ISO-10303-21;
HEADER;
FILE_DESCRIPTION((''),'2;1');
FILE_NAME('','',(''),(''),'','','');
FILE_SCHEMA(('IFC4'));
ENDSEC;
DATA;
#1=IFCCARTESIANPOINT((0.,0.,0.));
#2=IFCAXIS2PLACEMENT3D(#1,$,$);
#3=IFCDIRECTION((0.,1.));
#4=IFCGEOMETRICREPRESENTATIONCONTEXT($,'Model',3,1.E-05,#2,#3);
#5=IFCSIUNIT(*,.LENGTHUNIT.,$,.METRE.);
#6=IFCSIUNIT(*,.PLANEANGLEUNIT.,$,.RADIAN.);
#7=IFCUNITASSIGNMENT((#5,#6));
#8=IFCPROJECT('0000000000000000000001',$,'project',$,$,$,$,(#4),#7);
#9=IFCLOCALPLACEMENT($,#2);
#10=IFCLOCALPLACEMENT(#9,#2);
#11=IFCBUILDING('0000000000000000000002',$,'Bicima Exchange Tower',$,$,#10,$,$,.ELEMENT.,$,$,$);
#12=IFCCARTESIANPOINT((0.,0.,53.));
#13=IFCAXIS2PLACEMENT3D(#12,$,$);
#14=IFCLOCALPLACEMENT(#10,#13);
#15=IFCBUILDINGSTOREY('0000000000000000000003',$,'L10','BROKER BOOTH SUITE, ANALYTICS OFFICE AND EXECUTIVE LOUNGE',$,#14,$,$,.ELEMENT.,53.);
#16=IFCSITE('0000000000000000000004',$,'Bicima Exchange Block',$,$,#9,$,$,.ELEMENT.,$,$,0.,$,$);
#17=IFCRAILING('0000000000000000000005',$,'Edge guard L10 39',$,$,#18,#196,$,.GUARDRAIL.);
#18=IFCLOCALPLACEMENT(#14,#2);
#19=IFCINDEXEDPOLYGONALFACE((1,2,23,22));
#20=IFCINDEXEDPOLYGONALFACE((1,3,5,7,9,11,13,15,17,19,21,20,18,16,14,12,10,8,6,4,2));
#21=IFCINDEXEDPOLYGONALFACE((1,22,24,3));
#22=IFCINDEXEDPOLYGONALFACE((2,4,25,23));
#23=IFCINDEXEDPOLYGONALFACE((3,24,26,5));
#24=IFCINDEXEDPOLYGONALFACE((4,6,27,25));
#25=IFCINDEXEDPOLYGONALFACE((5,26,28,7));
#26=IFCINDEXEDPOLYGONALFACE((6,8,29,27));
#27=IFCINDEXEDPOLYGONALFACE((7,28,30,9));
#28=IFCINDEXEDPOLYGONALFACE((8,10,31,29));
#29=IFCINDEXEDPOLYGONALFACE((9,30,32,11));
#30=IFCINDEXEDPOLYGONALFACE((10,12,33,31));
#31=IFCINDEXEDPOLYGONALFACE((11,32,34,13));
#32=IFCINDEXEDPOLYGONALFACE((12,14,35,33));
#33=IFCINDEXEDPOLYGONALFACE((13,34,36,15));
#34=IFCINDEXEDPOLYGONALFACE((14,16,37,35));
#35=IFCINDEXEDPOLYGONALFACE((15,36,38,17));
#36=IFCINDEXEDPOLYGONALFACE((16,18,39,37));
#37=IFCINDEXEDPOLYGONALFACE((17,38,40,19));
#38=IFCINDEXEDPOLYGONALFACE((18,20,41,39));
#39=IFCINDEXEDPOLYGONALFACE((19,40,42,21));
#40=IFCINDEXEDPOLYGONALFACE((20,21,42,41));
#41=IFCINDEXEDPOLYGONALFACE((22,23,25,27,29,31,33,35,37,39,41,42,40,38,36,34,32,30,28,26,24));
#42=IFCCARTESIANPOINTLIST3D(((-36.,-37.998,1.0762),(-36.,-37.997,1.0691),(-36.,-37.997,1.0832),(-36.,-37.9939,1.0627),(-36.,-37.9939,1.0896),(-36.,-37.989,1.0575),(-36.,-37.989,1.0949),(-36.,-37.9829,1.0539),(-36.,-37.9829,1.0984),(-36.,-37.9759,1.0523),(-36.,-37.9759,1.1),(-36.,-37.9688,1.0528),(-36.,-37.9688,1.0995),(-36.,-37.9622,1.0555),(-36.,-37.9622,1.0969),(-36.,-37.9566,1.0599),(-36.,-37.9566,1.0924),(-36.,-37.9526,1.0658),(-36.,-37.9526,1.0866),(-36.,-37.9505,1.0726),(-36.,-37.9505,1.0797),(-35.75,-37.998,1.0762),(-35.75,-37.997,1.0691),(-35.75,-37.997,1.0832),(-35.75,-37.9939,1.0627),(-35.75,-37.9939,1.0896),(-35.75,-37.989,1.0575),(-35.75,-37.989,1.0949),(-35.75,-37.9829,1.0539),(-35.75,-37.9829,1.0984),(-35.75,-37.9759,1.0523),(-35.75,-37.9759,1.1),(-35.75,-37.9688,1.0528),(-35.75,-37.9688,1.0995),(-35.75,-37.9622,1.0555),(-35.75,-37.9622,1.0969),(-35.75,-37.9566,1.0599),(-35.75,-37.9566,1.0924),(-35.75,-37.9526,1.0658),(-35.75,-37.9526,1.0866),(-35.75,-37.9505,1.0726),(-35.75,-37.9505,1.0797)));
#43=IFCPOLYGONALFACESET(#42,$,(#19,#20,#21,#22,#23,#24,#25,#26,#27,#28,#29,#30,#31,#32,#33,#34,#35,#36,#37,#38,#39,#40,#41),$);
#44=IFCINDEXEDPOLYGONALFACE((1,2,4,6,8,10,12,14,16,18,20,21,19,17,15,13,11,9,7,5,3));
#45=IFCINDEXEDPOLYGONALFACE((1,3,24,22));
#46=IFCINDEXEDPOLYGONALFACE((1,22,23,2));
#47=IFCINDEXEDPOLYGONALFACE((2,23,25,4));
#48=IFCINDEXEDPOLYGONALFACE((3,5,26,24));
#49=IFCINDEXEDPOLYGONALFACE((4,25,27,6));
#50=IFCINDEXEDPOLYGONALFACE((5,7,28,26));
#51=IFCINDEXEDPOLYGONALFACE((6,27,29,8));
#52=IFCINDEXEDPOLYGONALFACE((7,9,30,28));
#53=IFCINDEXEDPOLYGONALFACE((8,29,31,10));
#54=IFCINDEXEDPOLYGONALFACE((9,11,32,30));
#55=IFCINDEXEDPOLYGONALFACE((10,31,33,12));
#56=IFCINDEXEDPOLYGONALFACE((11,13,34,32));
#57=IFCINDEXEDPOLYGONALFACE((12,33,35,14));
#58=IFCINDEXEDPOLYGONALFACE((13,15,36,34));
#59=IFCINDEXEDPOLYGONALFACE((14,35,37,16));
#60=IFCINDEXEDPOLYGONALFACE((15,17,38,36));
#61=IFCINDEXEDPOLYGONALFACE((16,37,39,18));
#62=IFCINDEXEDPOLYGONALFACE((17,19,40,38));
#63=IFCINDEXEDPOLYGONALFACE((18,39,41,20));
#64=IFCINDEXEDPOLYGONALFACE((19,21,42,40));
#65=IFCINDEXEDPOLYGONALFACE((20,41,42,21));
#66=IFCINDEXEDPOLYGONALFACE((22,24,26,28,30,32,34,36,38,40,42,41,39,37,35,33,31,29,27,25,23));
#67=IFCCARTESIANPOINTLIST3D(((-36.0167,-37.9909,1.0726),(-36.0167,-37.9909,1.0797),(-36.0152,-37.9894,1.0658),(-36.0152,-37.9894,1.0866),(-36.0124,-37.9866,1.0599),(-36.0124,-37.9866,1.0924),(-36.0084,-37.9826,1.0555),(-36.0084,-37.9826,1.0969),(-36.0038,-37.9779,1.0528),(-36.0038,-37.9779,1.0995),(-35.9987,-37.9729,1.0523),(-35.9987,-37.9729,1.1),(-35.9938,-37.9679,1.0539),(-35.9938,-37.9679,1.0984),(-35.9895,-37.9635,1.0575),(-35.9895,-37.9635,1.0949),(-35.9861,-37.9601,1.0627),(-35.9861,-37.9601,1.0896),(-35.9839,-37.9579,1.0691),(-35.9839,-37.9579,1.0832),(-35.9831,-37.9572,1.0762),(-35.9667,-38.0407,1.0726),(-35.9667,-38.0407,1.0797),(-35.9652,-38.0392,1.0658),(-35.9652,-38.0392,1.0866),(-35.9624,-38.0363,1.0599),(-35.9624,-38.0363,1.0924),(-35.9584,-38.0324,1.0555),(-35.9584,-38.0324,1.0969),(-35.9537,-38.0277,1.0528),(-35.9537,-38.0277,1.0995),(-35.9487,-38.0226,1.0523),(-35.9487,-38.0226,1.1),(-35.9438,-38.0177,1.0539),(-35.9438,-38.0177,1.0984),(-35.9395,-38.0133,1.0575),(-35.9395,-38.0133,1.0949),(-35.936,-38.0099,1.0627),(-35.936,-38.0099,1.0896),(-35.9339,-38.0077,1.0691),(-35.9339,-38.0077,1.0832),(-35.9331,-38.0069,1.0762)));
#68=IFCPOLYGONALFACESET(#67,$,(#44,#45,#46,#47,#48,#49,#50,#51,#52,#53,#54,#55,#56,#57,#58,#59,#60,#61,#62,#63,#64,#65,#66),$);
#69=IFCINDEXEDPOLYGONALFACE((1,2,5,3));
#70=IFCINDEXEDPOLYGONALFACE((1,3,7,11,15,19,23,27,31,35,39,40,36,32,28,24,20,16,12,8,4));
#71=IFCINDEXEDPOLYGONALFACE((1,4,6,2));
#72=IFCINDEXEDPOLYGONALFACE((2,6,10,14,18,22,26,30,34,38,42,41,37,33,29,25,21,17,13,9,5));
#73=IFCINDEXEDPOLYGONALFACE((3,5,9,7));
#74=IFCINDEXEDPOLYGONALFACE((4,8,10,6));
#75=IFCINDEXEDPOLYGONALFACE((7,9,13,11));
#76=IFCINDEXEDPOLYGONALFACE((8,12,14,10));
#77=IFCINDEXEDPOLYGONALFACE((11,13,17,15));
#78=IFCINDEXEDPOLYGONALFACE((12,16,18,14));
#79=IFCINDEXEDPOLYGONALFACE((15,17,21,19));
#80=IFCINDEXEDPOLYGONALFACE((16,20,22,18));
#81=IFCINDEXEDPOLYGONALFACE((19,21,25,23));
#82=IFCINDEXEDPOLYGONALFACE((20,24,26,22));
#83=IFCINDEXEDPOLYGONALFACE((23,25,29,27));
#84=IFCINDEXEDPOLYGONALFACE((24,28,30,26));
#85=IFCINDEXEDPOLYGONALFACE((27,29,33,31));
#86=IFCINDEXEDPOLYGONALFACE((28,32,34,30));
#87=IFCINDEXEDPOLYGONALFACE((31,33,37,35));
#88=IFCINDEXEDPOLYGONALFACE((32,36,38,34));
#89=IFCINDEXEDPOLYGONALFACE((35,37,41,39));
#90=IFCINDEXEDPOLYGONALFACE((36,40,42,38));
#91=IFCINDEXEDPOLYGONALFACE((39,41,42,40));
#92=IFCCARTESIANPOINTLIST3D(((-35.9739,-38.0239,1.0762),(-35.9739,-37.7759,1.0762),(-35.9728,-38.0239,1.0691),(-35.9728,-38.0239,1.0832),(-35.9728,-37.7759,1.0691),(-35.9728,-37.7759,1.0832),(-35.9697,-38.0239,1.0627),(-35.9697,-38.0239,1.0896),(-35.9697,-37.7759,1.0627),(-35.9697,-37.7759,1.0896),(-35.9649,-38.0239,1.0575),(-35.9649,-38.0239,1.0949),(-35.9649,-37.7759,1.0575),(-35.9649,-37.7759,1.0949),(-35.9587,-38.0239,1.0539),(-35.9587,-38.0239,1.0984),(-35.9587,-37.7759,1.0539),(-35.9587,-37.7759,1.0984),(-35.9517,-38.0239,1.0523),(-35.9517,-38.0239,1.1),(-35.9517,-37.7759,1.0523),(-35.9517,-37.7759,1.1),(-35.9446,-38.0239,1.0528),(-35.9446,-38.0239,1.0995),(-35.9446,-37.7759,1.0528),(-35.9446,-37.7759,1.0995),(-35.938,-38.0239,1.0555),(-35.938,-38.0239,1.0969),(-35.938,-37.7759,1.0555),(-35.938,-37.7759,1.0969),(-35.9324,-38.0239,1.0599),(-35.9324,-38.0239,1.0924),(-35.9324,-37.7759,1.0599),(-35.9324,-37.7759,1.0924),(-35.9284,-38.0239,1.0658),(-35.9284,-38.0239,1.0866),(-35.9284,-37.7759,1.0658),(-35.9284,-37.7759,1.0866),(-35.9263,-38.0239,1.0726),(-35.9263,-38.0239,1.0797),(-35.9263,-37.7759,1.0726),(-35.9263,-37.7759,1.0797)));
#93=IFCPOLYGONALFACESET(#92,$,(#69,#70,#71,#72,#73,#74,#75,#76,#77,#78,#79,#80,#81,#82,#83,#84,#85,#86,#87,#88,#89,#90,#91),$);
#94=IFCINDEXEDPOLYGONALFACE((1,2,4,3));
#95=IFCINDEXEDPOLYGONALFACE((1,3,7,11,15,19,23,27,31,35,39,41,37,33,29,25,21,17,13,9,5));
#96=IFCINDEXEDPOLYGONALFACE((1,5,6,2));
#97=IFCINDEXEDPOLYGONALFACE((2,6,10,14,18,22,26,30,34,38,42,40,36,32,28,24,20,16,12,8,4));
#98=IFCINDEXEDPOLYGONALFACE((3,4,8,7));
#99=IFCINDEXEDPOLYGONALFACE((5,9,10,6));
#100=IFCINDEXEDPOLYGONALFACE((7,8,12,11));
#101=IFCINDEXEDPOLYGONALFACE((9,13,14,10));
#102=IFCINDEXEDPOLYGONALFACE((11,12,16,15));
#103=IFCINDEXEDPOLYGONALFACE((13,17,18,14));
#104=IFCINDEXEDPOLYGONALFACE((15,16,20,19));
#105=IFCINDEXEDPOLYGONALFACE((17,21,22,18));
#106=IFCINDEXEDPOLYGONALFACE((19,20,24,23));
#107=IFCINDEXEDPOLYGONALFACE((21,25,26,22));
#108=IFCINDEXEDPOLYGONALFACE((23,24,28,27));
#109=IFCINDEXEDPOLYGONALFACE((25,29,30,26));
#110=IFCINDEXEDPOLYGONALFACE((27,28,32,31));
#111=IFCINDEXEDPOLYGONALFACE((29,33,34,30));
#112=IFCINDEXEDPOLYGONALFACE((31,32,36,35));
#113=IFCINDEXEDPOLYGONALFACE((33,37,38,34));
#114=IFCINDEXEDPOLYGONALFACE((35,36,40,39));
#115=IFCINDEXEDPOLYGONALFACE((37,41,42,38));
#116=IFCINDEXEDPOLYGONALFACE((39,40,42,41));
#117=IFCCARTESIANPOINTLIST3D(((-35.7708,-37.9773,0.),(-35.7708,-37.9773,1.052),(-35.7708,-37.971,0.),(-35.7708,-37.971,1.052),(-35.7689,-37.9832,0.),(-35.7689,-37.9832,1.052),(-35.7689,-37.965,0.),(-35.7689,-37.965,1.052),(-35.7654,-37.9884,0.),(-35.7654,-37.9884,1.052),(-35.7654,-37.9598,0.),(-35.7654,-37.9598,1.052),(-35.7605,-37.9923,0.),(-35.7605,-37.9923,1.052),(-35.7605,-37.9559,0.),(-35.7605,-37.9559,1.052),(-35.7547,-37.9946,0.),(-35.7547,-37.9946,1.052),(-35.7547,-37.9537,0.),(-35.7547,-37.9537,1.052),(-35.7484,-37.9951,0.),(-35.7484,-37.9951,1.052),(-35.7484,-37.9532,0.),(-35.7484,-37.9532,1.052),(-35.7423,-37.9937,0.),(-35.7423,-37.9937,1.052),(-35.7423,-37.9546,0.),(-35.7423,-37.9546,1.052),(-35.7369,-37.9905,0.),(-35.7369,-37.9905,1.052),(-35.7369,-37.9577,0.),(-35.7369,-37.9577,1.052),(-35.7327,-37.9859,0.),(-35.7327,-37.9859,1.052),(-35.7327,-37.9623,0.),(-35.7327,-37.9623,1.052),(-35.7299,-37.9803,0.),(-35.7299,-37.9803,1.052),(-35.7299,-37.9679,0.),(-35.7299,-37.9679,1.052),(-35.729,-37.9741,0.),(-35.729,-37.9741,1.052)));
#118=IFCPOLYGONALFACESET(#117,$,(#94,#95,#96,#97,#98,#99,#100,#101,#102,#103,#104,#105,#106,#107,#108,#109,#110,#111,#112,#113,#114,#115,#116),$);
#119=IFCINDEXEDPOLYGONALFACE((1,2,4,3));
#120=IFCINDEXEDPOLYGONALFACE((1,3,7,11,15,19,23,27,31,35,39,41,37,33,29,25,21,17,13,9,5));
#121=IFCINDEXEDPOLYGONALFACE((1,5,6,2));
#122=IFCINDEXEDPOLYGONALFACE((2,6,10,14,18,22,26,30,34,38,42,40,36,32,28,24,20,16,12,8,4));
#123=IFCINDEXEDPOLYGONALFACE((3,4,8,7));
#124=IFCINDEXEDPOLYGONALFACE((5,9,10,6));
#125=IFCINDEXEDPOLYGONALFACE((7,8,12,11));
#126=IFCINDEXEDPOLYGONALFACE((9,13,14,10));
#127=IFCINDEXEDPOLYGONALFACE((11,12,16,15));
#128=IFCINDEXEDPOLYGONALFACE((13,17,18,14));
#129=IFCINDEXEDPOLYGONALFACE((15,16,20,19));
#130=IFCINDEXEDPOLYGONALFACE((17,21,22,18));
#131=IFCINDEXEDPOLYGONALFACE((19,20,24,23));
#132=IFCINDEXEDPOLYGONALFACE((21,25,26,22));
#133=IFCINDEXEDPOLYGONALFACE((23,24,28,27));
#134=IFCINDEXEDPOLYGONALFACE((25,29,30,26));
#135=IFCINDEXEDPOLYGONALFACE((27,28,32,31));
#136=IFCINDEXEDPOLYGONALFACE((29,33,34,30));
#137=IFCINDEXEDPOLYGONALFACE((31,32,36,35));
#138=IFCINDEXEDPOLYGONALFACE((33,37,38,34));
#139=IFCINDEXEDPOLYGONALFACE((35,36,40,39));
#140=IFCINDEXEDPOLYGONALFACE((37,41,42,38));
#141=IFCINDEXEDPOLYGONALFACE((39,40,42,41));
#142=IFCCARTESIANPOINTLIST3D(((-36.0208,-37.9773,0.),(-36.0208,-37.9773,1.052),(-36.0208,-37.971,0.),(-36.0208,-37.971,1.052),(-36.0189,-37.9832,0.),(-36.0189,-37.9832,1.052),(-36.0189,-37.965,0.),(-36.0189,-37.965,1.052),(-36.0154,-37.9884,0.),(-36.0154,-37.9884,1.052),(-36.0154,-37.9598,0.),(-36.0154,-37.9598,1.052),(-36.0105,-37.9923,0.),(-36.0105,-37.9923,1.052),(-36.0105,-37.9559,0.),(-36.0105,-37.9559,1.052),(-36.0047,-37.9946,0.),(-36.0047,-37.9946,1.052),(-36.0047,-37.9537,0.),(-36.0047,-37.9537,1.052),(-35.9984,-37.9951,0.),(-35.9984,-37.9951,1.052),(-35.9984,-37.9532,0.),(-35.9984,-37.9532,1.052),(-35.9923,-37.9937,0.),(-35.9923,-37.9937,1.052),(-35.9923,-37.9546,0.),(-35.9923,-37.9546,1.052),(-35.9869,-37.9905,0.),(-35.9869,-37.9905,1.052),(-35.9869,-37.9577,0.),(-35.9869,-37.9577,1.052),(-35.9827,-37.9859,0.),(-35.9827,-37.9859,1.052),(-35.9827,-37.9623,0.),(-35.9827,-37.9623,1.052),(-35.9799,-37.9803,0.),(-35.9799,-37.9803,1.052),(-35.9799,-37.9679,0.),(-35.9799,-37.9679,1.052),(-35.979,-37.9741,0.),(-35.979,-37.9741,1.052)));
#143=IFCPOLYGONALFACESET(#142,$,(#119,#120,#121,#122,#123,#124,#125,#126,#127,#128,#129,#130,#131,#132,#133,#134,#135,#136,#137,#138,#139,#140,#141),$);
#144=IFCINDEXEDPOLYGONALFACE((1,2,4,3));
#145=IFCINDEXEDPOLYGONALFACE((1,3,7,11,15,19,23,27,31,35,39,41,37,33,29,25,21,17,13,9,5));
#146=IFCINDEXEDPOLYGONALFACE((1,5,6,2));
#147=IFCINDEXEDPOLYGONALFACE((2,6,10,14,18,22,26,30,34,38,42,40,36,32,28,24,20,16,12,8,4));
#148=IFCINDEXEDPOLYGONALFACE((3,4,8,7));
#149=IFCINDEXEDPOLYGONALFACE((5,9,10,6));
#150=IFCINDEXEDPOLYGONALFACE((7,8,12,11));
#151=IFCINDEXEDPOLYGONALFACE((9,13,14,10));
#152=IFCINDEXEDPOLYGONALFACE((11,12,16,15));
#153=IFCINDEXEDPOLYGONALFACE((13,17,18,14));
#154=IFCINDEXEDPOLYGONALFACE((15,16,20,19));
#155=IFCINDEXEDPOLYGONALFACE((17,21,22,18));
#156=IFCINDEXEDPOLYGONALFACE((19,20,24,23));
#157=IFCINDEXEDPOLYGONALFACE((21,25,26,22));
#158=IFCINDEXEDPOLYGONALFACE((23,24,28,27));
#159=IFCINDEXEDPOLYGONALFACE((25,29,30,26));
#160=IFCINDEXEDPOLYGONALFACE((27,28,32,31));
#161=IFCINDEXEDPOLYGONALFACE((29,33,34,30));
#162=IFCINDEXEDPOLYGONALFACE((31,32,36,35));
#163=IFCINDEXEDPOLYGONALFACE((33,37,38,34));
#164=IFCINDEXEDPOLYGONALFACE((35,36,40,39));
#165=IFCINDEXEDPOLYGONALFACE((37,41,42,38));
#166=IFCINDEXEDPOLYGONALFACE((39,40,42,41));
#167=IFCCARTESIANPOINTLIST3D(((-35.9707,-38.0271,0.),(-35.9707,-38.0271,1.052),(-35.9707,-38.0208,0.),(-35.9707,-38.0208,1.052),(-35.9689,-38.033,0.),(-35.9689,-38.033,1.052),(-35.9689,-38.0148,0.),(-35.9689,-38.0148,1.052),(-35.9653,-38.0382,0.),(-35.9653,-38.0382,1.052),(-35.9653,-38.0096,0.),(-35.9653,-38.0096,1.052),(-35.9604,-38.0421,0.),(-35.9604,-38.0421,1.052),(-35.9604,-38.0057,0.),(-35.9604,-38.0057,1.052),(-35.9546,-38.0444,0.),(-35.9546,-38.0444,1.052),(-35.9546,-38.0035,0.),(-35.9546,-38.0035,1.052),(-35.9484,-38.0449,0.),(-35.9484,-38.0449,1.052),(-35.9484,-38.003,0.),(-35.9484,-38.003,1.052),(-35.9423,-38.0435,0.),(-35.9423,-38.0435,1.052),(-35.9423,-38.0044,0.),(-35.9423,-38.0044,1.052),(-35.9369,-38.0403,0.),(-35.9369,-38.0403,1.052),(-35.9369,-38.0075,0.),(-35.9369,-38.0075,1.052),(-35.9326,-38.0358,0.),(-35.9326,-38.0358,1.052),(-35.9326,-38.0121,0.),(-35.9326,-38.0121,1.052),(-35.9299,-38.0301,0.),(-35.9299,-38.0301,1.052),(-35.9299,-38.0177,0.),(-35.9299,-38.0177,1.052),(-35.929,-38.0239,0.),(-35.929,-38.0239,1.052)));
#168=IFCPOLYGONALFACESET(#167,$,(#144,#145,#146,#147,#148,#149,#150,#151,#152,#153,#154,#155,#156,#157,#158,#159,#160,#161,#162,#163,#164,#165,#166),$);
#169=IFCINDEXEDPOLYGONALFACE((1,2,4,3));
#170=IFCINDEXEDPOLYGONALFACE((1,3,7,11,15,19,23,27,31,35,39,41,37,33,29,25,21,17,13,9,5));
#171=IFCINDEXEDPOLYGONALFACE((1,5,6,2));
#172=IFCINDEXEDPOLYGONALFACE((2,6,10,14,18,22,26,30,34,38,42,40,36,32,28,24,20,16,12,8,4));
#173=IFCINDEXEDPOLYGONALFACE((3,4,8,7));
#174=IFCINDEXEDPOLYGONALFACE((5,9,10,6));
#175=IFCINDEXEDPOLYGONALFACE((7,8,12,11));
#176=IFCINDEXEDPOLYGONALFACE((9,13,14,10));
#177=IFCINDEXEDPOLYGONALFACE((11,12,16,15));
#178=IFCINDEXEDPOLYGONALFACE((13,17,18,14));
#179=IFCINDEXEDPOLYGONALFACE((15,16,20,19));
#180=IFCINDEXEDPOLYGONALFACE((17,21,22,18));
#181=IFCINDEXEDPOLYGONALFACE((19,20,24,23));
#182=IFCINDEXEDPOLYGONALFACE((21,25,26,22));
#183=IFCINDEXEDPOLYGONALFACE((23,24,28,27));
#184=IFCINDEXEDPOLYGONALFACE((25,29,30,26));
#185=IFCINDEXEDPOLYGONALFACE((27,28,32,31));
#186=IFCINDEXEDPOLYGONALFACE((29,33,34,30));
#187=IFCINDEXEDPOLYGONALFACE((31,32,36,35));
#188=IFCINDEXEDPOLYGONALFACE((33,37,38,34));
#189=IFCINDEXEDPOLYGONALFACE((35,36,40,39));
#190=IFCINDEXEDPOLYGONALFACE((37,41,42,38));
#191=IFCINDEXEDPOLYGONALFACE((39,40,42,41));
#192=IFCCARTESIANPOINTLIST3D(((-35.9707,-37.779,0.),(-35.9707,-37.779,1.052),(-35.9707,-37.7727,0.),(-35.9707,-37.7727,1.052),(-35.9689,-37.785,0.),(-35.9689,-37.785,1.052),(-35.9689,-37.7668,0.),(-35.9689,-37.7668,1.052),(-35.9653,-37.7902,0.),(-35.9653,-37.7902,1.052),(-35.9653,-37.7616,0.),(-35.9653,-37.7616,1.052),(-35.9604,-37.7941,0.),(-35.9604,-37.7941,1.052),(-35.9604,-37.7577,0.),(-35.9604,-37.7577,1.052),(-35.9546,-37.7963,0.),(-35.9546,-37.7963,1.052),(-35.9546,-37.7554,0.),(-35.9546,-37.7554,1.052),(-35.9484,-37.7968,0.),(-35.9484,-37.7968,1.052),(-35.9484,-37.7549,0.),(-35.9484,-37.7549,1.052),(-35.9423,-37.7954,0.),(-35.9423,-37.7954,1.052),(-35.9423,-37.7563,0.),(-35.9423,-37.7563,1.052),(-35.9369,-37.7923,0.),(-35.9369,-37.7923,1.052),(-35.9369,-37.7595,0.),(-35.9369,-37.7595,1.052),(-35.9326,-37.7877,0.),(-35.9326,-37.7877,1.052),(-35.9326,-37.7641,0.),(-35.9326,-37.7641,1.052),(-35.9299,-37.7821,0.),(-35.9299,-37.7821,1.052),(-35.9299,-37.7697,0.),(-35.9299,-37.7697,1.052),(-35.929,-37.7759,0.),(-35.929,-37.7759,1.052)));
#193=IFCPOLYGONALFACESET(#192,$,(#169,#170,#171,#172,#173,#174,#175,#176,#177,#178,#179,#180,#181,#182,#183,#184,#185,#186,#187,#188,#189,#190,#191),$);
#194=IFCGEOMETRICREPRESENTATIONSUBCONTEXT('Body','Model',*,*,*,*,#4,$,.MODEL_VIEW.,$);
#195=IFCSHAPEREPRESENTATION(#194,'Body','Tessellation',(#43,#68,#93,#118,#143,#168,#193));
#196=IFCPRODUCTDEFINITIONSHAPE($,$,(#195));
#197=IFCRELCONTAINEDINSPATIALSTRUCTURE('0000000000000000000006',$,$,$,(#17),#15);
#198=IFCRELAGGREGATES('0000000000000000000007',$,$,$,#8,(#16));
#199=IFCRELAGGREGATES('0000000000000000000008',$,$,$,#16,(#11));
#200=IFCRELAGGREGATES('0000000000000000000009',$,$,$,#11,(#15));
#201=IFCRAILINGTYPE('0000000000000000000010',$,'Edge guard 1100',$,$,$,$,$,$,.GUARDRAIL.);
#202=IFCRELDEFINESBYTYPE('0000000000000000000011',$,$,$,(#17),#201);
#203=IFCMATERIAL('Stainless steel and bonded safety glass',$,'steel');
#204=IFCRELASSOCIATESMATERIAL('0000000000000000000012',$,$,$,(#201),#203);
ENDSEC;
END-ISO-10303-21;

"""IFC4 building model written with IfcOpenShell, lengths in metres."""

from ifc_helpers import new_model, si_unit, direction, frame, origin, origin_2d, place, context, subcontext, project, spatial, circle, extrude, material, type_object, element, save


model = new_model("IFC4")

# Units and contexts
model_context = context("Model", 3, precision=1e-05, world=origin(), true_north=direction((0.0, 1.0)))
body_context = subcontext(model_context, "Body", "Model", "MODEL_VIEW")
ifc_project = project(units=[si_unit("LENGTHUNIT", "METRE"), si_unit("PLANEANGLEUNIT", "RADIAN")], contexts=[model_context])

# Site, building, storey
site_placement = place(None, origin())
site = spatial("IfcSite", under=ifc_project, at=site_placement, Name="Bicima Exchange Block", CompositionType="ELEMENT", RefElevation=0.0)
building_placement = place(site_placement, origin())
building = spatial("IfcBuilding", under=site, at=building_placement, Name="Bicima Exchange Tower", CompositionType="ELEMENT")
storey_placement = place(building_placement, frame((0.0, 0.0, 53.0)))
storey = spatial("IfcBuildingStorey", under=building, at=storey_placement, Name="L10", Description="BROKER BOOTH SUITE, ANALYTICS OFFICE AND EXECUTIVE LOUNGE", CompositionType="ELEMENT", Elevation=53.0)

# Railing
ifc_material_1 = material(Name="Stainless steel and bonded safety glass", Category="steel")
railing_type = type_object("IfcRailingType", Name="Edge guard 1100", PredefinedType="GUARDRAIL", material=ifc_material_1)
railing_1_placement = place(storey_placement, frame((-35.75, -37.9741, 0.0)))
element("IfcRailing", 1, at=railing_1_placement, inside=storey, type_object=railing_type, Name="Edge guard L10 39", PredefinedType="GUARDRAIL", context=body_context, shape_type="SweptSolid", body=[
    extrude(circle(Radius=0.0239, at=origin_2d()), frame((0.0, 0.0, 1.0762), z_axis=(-1.0, 0.0, 0.0), x_axis=(0.0, -1.0, 0.0)), (0.0, 0.0, 1.0), 0.25),
    extrude(circle(Radius=0.0239, at=origin_2d()), frame((-0.25, 0.0, 1.0762), z_axis=(0.708834, -0.705376, 0.0), x_axis=(0.705376, 0.708834, 0.0)), (0.0, 0.0, 1.0), 0.0706),
    extrude(circle(Radius=0.0239, at=origin_2d()), frame((-0.2, -0.0498, 1.0762), z_axis=(0.0, 1.0, 0.0), x_axis=(-1.0, 0.0, 0.0)), (0.0, 0.0, 1.0), 0.248),
    extrude(circle(Radius=0.021, at=origin_2d()), origin(), (0.0, 0.0, 1.0), 1.052),
    extrude(circle(Radius=0.021, at=origin_2d()), frame((-0.25, 0.0, 0.0)), (0.0, 0.0, 1.0), 1.052),
    extrude(circle(Radius=0.021, at=origin_2d()), frame((-0.2, -0.0498, 0.0)), (0.0, 0.0, 1.0), 1.052),
    extrude(circle(Radius=0.021, at=origin_2d()), frame((-0.2, 0.1982, 0.0)), (0.0, 0.0, 1.0), 1.052),
])

save(model, "model.ifc")
